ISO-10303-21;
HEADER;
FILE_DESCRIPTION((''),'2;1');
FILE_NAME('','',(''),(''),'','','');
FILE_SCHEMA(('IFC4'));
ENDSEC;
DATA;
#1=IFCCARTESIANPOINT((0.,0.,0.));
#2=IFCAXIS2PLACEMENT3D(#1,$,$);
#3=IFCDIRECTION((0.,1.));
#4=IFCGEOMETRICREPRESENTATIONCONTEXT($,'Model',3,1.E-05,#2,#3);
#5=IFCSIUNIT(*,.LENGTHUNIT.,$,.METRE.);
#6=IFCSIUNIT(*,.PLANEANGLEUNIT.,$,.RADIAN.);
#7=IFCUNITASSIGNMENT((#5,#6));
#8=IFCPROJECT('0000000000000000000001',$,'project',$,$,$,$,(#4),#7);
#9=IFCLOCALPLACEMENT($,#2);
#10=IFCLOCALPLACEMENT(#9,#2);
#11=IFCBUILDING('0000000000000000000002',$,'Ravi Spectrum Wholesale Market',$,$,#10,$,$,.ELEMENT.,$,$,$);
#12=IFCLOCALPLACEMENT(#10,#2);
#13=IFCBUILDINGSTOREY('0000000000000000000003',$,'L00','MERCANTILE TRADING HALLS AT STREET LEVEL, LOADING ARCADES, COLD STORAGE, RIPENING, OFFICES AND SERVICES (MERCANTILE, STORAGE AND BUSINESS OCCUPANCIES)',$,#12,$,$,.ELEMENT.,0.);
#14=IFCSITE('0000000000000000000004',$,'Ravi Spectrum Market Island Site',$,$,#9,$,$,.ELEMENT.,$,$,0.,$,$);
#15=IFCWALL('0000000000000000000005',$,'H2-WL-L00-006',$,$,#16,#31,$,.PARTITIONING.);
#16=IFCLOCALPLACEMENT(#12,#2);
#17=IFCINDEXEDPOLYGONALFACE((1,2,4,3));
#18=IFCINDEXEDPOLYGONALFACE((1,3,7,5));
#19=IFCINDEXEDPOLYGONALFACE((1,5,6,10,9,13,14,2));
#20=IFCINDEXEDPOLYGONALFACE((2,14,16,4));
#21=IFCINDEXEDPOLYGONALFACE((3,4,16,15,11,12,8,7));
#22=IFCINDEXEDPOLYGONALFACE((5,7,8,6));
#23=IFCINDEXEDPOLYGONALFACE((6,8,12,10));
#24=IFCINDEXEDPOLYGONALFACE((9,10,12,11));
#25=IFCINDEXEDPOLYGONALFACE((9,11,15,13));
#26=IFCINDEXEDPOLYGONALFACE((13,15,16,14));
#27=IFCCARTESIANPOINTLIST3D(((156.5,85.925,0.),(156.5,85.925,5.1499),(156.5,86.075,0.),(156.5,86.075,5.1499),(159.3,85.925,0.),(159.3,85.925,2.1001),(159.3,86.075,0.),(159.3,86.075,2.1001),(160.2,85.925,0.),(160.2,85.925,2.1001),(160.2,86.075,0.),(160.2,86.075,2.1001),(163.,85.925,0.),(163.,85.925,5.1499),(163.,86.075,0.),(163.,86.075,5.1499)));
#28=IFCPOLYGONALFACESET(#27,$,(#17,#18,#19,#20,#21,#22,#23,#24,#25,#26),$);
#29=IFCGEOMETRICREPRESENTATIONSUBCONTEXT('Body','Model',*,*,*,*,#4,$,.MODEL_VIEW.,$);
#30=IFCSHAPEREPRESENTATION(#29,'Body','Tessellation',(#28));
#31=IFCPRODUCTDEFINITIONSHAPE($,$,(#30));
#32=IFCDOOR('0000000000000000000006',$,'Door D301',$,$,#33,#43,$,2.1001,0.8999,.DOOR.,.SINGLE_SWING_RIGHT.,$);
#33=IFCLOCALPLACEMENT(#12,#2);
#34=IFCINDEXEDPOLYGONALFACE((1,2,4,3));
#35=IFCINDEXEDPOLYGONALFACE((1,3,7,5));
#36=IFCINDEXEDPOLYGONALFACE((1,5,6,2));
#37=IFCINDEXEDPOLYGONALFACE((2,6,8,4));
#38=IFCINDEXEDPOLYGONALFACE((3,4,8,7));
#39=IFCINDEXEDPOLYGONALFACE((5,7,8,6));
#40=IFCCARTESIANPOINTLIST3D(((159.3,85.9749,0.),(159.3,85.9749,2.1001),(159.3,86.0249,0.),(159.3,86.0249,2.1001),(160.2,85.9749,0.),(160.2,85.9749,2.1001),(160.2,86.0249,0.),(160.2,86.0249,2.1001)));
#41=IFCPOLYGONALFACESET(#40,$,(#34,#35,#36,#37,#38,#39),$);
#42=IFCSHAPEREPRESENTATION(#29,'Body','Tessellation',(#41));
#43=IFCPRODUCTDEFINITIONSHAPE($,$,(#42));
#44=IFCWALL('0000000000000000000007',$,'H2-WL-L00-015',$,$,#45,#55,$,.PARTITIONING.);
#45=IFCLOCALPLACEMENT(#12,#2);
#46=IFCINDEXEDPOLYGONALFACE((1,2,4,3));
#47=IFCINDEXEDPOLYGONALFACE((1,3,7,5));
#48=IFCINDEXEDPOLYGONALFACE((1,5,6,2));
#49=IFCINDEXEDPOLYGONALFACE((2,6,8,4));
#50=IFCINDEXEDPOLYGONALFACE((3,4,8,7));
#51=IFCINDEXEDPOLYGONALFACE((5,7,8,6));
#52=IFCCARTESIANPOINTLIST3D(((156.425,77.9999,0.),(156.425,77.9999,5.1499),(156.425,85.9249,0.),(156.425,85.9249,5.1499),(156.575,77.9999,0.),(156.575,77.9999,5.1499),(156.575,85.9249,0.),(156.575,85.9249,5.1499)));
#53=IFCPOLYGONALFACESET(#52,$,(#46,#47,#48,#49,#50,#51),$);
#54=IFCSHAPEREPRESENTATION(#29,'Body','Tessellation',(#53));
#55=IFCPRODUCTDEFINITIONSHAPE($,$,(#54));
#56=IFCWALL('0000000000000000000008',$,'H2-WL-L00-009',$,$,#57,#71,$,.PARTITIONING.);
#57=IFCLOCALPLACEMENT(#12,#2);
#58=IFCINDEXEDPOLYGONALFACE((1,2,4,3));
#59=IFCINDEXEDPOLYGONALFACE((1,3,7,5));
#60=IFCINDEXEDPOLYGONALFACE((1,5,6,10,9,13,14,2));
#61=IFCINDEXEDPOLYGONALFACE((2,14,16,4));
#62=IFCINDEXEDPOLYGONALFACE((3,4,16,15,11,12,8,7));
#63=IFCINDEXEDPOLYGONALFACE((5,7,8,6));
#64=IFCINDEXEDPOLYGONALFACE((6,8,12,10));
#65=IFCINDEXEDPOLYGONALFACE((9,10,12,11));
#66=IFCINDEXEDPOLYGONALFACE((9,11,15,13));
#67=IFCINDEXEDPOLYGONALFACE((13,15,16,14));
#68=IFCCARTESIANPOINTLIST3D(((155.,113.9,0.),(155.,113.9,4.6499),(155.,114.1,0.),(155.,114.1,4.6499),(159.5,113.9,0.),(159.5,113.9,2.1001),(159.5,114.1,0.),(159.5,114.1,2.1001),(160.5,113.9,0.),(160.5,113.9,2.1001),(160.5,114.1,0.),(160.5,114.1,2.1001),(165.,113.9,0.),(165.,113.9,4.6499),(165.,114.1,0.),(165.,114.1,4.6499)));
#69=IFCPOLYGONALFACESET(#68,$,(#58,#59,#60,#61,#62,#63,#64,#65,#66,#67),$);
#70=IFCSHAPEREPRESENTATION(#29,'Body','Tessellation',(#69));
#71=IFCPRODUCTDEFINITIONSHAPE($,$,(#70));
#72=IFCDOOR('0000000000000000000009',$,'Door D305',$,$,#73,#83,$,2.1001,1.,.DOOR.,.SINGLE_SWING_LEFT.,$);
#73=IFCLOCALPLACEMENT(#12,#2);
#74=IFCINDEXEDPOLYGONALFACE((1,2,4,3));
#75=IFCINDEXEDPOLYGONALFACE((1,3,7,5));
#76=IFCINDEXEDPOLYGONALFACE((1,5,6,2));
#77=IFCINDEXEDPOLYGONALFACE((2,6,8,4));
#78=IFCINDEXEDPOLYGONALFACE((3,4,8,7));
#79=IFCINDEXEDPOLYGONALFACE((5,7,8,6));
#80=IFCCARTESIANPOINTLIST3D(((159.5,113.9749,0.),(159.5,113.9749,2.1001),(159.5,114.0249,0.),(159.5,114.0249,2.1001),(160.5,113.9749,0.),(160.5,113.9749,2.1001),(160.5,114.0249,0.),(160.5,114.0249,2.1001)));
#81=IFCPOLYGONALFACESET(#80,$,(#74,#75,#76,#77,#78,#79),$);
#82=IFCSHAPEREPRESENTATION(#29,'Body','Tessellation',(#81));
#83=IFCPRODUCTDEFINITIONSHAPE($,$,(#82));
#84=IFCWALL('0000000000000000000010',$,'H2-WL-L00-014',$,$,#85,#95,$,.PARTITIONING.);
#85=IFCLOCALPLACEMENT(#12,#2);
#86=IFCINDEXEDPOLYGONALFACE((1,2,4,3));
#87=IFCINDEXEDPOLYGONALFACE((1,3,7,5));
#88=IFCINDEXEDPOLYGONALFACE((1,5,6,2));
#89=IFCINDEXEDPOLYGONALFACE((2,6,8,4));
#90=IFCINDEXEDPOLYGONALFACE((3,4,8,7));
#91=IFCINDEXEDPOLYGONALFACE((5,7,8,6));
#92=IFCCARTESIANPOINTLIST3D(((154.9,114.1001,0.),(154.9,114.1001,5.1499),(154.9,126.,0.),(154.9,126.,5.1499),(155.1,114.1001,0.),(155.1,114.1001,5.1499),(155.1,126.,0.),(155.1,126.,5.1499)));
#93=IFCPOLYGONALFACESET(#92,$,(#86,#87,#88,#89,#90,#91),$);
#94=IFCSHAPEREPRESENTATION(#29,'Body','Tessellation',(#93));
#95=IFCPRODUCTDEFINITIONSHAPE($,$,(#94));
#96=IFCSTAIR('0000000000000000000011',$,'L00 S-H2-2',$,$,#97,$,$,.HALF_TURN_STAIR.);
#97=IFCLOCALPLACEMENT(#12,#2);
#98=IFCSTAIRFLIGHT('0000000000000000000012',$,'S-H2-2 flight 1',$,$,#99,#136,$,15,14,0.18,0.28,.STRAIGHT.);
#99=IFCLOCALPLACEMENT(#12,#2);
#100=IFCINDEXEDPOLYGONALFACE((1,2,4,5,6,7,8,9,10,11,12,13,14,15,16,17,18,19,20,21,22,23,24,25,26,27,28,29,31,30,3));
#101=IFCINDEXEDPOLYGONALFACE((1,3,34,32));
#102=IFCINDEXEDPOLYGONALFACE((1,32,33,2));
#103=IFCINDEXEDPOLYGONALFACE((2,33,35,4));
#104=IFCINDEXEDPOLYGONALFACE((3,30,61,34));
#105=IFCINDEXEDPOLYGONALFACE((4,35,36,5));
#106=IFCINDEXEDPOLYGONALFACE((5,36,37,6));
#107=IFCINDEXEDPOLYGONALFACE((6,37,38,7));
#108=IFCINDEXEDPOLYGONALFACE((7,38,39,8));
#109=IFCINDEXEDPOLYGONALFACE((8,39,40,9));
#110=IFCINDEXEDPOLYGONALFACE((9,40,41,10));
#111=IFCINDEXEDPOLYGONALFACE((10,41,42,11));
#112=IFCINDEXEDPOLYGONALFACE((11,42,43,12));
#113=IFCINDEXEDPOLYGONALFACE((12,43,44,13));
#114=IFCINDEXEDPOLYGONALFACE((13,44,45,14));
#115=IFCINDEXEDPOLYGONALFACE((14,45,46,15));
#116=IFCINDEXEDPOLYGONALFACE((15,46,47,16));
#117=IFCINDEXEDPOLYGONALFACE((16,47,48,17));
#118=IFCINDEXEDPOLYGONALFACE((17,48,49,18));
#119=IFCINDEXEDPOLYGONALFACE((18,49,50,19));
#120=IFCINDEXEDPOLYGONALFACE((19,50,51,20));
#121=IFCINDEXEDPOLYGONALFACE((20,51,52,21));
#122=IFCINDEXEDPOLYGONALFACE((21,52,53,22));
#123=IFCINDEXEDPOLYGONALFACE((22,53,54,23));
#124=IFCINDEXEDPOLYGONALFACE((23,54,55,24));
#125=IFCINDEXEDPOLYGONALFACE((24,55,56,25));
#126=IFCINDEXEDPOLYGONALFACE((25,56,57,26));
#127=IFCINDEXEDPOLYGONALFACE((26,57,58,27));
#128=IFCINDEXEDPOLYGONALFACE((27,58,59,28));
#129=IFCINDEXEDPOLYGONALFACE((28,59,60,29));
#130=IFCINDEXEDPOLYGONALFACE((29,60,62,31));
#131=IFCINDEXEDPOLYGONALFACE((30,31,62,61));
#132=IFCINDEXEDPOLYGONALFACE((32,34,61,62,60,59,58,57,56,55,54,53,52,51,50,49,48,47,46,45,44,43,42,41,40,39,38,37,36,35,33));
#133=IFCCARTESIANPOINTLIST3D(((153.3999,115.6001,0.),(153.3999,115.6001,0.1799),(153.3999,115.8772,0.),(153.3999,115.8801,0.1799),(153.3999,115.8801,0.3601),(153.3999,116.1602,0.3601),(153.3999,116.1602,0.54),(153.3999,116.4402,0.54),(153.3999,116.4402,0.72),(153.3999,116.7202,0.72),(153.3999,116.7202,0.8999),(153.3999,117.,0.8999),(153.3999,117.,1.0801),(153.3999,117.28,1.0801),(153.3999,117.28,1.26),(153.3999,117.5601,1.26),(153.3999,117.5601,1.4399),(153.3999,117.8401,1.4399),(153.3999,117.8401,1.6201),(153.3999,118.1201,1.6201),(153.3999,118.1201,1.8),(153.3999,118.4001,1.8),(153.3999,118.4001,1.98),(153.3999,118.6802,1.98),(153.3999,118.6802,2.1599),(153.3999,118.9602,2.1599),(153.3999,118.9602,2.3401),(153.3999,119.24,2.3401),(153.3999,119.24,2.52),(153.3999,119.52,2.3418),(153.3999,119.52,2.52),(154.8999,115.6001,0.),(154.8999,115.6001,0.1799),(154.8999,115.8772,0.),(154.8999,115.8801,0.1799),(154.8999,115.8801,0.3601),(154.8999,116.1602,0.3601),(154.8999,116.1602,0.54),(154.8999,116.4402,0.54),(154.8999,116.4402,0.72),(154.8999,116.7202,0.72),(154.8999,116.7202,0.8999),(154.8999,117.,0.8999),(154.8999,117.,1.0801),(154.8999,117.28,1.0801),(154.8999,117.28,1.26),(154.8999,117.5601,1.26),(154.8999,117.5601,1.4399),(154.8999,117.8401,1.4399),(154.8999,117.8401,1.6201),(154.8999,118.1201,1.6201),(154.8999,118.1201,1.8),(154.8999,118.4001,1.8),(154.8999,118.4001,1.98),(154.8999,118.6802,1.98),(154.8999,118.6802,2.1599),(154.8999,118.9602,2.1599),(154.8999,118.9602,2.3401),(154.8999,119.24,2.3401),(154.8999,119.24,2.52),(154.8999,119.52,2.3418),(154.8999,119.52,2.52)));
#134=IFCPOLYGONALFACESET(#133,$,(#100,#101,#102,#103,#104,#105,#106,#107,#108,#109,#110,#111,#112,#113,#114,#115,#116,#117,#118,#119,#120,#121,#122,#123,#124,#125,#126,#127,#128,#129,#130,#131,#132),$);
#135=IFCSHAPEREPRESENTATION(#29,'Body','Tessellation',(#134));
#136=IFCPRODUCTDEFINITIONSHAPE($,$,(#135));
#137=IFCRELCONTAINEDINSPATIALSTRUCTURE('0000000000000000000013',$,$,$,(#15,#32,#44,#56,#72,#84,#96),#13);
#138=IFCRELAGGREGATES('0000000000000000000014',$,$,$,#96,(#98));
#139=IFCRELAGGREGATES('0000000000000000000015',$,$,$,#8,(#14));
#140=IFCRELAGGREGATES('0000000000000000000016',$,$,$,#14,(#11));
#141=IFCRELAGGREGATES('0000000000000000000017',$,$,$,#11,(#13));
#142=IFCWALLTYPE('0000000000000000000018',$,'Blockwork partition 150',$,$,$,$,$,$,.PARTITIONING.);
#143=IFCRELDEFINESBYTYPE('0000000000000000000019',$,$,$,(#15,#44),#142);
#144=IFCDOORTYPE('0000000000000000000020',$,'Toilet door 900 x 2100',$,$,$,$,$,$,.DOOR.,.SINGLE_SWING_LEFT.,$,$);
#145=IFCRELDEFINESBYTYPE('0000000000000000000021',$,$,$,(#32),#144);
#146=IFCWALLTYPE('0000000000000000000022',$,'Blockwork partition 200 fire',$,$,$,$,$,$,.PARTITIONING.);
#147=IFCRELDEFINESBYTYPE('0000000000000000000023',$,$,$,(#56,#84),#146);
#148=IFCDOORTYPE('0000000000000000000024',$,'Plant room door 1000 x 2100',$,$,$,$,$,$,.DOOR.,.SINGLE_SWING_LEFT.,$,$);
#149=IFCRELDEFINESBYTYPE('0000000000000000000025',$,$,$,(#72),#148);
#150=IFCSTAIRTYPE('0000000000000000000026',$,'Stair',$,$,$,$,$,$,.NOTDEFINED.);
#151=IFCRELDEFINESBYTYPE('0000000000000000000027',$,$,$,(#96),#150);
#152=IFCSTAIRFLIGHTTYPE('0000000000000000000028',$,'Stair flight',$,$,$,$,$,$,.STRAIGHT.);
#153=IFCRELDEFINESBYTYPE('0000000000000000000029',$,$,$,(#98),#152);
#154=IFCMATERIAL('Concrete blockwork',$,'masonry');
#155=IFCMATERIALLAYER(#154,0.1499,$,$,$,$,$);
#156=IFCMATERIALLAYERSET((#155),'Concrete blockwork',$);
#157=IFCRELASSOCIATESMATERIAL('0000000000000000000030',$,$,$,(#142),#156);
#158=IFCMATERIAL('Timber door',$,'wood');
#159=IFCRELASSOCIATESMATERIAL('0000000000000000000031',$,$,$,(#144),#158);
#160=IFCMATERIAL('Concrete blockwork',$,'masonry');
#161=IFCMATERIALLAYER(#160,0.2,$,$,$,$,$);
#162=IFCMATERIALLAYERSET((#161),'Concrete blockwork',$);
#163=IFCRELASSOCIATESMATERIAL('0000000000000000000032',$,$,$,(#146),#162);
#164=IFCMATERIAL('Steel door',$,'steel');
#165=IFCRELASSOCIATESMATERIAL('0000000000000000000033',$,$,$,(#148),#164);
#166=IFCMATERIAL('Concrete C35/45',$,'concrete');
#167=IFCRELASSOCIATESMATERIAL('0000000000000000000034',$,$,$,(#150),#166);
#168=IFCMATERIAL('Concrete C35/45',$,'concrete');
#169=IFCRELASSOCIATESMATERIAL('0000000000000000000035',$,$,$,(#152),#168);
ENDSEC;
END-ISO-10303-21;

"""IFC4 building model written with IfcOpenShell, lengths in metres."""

from ifc_helpers import new_model, si_unit, direction, frame, frame_2d, origin, place, context, subcontext, project, spatial, polyline, rectangle, outline, extrude, material, layer, layer_set, type_object, element, fill, aggregate, save


model = new_model("IFC4")

# Units and contexts
model_context = context("Model", 3, precision=1e-05, world=origin(), true_north=direction((0.0, 1.0)))
body_context = subcontext(model_context, "Body", "Model", "MODEL_VIEW")
ifc_project = project(units=[si_unit("LENGTHUNIT", "METRE"), si_unit("PLANEANGLEUNIT", "RADIAN")], contexts=[model_context])

# Site, building, storey
site_placement = place(None, origin())
site = spatial("IfcSite", under=ifc_project, at=site_placement, Name="Ravi Spectrum Market Island Site", CompositionType="ELEMENT", RefElevation=0.0)
building_placement = place(site_placement, origin())
building = spatial("IfcBuilding", under=site, at=building_placement, Name="Ravi Spectrum Wholesale Market", CompositionType="ELEMENT")
storey_placement = place(building_placement, origin())
storey = spatial("IfcBuildingStorey", under=building, at=storey_placement, Name="L00", Description="MERCANTILE TRADING HALLS AT STREET LEVEL, LOADING ARCADES, COLD STORAGE, RIPENING, OFFICES AND SERVICES (MERCANTILE, STORAGE AND BUSINESS OCCUPANCIES)", CompositionType="ELEMENT", Elevation=0.0)

# Wall, opening, door
ifc_material_1 = material(Name="Concrete blockwork", Category="masonry")
ifc_layer_1 = layer(ifc_material_1, 0.1499)
ifc_layer_set_1 = layer_set([ifc_layer_1], Name="Concrete blockwork")
wall_type_1 = type_object("IfcWallType", Name="Blockwork partition 150", PredefinedType="PARTITIONING", material=ifc_layer_set_1)
wall_1_placement = place(storey_placement, frame((156.5, 86.0, 0.0), z_axis=(0.0, 0.0, 1.0), x_axis=(1.0, 0.0, 0.0)))
wall_1 = element("IfcWall", 1, at=wall_1_placement, inside=storey, type_object=wall_type_1, Name="H2-WL-L00-006", PredefinedType="PARTITIONING", context=body_context, shape_type="SweptSolid", body=[
    extrude(rectangle(XDim=6.5, YDim=0.1499, at=frame_2d((3.25, 0.0))), origin(), (0.0, 0.0, 1.0), 5.1499),
])
opening_1_placement = place(wall_1_placement, frame((2.8, 0.0, 0.0)))
opening_1 = element("IfcOpeningElement", 2, at=opening_1_placement, cuts=wall_1, PredefinedType="OPENING", context=body_context, shape_type="SweptSolid", body=[
    extrude(rectangle(XDim=0.8999, YDim=2.1001, at=frame_2d((0.45, 1.05))), frame((0.0, 0.085, 0.0), z_axis=(0.0, -1.0, 0.0), x_axis=(1.0, 0.0, 0.0)), (0.0, 0.0, 1.0), 0.1699),
])
ifc_material_2 = material(Name="Timber door", Category="wood")
door_type_1 = type_object("IfcDoorType", Name="Toilet door 900 x 2100", OperationType="SINGLE_SWING_LEFT", PredefinedType="DOOR", material=ifc_material_2)
door_1_placement = place(opening_1_placement, origin())
door_1 = element("IfcDoor", 3, at=door_1_placement, inside=storey, type_object=door_type_1, Name="Door D301", OperationType="SINGLE_SWING_RIGHT", OverallHeight=2.1001, OverallWidth=0.8999, PredefinedType="DOOR", context=body_context, shape_type="SweptSolid", body=[
    extrude(rectangle(XDim=0.8999, YDim=2.1001, at=frame_2d((0.45, 1.05))), frame((0.0, 0.0249, 0.0), z_axis=(0.0, -1.0, 0.0), x_axis=(1.0, 0.0, 0.0)), (0.0, 0.0, 1.0), 0.05),
])
fill(opening_1, door_1)

# Wall
wall_2_placement = place(storey_placement, frame((156.5, 78.0, 0.0), z_axis=(0.0, 0.0, 1.0), x_axis=(0.0, 1.0, 0.0)))
element("IfcWall", 4, at=wall_2_placement, inside=storey, type_object=wall_type_1, Name="H2-WL-L00-015", PredefinedType="PARTITIONING", context=body_context, shape_type="SweptSolid", body=[
    extrude(rectangle(XDim=7.925, YDim=0.1499, at=frame_2d((3.9624, 0.0))), origin(), (0.0, 0.0, 1.0), 5.1499),
])

# Wall, opening, door
ifc_material_3 = material(Name="Concrete blockwork", Category="masonry")
ifc_layer_2 = layer(ifc_material_3, 0.2)
ifc_layer_set_2 = layer_set([ifc_layer_2], Name="Concrete blockwork")
wall_type_2 = type_object("IfcWallType", Name="Blockwork partition 200 fire", PredefinedType="PARTITIONING", material=ifc_layer_set_2)
wall_3_placement = place(storey_placement, frame((155.0, 114.0, 0.0), z_axis=(0.0, 0.0, 1.0), x_axis=(1.0, 0.0, 0.0)))
wall_3 = element("IfcWall", 5, at=wall_3_placement, inside=storey, type_object=wall_type_2, Name="H2-WL-L00-009", PredefinedType="PARTITIONING", context=body_context, shape_type="SweptSolid", body=[
    extrude(rectangle(XDim=10.0, YDim=0.2, at=frame_2d((5.0, 0.0))), origin(), (0.0, 0.0, 1.0), 4.6499),
])
opening_2_placement = place(wall_3_placement, frame((4.5, 0.0, 0.0)))
opening_2 = element("IfcOpeningElement", 6, at=opening_2_placement, cuts=wall_3, PredefinedType="OPENING", context=body_context, shape_type="SweptSolid", body=[
    extrude(rectangle(XDim=1.0, YDim=2.1001, at=frame_2d((0.5, 1.05))), frame((0.0, 0.1099, 0.0), z_axis=(0.0, -1.0, 0.0), x_axis=(1.0, 0.0, 0.0)), (0.0, 0.0, 1.0), 0.22),
])
ifc_material_4 = material(Name="Steel door", Category="steel")
door_type_2 = type_object("IfcDoorType", Name="Plant room door 1000 x 2100", OperationType="SINGLE_SWING_LEFT", PredefinedType="DOOR", material=ifc_material_4)
door_2_placement = place(opening_2_placement, origin())
door_2 = element("IfcDoor", 7, at=door_2_placement, inside=storey, type_object=door_type_2, Name="Door D305", OperationType="SINGLE_SWING_LEFT", OverallHeight=2.1001, OverallWidth=1.0, PredefinedType="DOOR", context=body_context, shape_type="SweptSolid", body=[
    extrude(rectangle(XDim=1.0, YDim=2.1001, at=frame_2d((0.5, 1.05))), frame((0.0, 0.0249, 0.0), z_axis=(0.0, -1.0, 0.0), x_axis=(1.0, 0.0, 0.0)), (0.0, 0.0, 1.0), 0.05),
])
fill(opening_2, door_2)

# Wall
wall_4_placement = place(storey_placement, frame((155.0, 114.1001, 0.0), z_axis=(0.0, 0.0, 1.0), x_axis=(0.0, 1.0, 0.0)))
element("IfcWall", 8, at=wall_4_placement, inside=storey, type_object=wall_type_2, Name="H2-WL-L00-014", PredefinedType="PARTITIONING", context=body_context, shape_type="SweptSolid", body=[
    extrude(rectangle(XDim=11.8999, YDim=0.2, at=frame_2d((5.95, 0.0))), origin(), (0.0, 0.0, 1.0), 5.1499),
])

# Stair, stair flight
ifc_material_5 = material(Name="Concrete C35/45", Category="concrete")
stair_type = type_object("IfcStairType", Name="Stair", PredefinedType="NOTDEFINED", material=ifc_material_5)
stair_placement = place(storey_placement, origin())
stair = element("IfcStair", 9, at=stair_placement, inside=storey, type_object=stair_type, Name="L00 S-H2-2", PredefinedType="HALF_TURN_STAIR")
ifc_material_6 = material(Name="Concrete C35/45", Category="concrete")
stair_flight_type = type_object("IfcStairFlightType", Name="Stair flight", PredefinedType="STRAIGHT", material=ifc_material_6)
stair_flight_placement = place(storey_placement, frame((154.1499, 115.6001, 0.0), z_axis=(0.0, 0.0, 1.0), x_axis=(0.0, 1.0, 0.0)))
stair_flight = element("IfcStairFlight", 10, at=stair_flight_placement, type_object=stair_flight_type, Name="S-H2-2 flight 1", NumberOfRisers=15, NumberOfTreads=14, PredefinedType="STRAIGHT", RiserHeight=0.18, TreadLength=0.28, context=body_context, shape_type="SweptSolid", body=[
    extrude(outline(polyline([(0.0, 0.0), (0.0, 0.1799), (0.28, 0.1799), (0.28, 0.3601), (0.5601, 0.3601), (0.5601, 0.54), (0.8401, 0.54), (0.8401, 0.72), (1.1201, 0.72), (1.1201, 0.8999), (1.3999, 0.8999), (1.3999, 1.0801), (1.6799, 1.0801), (1.6799, 1.26), (1.96, 1.26), (1.96, 1.4399), (2.24, 1.4399), (2.24, 1.6201), (2.52, 1.6201), (2.52, 1.8), (2.8, 1.8), (2.8, 1.98), (3.0801, 1.98), (3.0801, 2.1599), (3.3601, 2.1599), (3.3601, 2.3401), (3.6399, 2.3401), (3.6399, 2.52), (3.9199, 2.52), (3.9199, 2.7), (3.9199, 2.3418), (0.2771, 0.0), (0.0, 0.0)])), frame((0.0, 0.75, 0.0), z_axis=(0.0, -1.0, 0.0), x_axis=(1.0, 0.0, 0.0)), (0.0, 0.0, 1.0), 1.5),
])
aggregate(stair, [stair_flight])

save(model, "model.ifc")
